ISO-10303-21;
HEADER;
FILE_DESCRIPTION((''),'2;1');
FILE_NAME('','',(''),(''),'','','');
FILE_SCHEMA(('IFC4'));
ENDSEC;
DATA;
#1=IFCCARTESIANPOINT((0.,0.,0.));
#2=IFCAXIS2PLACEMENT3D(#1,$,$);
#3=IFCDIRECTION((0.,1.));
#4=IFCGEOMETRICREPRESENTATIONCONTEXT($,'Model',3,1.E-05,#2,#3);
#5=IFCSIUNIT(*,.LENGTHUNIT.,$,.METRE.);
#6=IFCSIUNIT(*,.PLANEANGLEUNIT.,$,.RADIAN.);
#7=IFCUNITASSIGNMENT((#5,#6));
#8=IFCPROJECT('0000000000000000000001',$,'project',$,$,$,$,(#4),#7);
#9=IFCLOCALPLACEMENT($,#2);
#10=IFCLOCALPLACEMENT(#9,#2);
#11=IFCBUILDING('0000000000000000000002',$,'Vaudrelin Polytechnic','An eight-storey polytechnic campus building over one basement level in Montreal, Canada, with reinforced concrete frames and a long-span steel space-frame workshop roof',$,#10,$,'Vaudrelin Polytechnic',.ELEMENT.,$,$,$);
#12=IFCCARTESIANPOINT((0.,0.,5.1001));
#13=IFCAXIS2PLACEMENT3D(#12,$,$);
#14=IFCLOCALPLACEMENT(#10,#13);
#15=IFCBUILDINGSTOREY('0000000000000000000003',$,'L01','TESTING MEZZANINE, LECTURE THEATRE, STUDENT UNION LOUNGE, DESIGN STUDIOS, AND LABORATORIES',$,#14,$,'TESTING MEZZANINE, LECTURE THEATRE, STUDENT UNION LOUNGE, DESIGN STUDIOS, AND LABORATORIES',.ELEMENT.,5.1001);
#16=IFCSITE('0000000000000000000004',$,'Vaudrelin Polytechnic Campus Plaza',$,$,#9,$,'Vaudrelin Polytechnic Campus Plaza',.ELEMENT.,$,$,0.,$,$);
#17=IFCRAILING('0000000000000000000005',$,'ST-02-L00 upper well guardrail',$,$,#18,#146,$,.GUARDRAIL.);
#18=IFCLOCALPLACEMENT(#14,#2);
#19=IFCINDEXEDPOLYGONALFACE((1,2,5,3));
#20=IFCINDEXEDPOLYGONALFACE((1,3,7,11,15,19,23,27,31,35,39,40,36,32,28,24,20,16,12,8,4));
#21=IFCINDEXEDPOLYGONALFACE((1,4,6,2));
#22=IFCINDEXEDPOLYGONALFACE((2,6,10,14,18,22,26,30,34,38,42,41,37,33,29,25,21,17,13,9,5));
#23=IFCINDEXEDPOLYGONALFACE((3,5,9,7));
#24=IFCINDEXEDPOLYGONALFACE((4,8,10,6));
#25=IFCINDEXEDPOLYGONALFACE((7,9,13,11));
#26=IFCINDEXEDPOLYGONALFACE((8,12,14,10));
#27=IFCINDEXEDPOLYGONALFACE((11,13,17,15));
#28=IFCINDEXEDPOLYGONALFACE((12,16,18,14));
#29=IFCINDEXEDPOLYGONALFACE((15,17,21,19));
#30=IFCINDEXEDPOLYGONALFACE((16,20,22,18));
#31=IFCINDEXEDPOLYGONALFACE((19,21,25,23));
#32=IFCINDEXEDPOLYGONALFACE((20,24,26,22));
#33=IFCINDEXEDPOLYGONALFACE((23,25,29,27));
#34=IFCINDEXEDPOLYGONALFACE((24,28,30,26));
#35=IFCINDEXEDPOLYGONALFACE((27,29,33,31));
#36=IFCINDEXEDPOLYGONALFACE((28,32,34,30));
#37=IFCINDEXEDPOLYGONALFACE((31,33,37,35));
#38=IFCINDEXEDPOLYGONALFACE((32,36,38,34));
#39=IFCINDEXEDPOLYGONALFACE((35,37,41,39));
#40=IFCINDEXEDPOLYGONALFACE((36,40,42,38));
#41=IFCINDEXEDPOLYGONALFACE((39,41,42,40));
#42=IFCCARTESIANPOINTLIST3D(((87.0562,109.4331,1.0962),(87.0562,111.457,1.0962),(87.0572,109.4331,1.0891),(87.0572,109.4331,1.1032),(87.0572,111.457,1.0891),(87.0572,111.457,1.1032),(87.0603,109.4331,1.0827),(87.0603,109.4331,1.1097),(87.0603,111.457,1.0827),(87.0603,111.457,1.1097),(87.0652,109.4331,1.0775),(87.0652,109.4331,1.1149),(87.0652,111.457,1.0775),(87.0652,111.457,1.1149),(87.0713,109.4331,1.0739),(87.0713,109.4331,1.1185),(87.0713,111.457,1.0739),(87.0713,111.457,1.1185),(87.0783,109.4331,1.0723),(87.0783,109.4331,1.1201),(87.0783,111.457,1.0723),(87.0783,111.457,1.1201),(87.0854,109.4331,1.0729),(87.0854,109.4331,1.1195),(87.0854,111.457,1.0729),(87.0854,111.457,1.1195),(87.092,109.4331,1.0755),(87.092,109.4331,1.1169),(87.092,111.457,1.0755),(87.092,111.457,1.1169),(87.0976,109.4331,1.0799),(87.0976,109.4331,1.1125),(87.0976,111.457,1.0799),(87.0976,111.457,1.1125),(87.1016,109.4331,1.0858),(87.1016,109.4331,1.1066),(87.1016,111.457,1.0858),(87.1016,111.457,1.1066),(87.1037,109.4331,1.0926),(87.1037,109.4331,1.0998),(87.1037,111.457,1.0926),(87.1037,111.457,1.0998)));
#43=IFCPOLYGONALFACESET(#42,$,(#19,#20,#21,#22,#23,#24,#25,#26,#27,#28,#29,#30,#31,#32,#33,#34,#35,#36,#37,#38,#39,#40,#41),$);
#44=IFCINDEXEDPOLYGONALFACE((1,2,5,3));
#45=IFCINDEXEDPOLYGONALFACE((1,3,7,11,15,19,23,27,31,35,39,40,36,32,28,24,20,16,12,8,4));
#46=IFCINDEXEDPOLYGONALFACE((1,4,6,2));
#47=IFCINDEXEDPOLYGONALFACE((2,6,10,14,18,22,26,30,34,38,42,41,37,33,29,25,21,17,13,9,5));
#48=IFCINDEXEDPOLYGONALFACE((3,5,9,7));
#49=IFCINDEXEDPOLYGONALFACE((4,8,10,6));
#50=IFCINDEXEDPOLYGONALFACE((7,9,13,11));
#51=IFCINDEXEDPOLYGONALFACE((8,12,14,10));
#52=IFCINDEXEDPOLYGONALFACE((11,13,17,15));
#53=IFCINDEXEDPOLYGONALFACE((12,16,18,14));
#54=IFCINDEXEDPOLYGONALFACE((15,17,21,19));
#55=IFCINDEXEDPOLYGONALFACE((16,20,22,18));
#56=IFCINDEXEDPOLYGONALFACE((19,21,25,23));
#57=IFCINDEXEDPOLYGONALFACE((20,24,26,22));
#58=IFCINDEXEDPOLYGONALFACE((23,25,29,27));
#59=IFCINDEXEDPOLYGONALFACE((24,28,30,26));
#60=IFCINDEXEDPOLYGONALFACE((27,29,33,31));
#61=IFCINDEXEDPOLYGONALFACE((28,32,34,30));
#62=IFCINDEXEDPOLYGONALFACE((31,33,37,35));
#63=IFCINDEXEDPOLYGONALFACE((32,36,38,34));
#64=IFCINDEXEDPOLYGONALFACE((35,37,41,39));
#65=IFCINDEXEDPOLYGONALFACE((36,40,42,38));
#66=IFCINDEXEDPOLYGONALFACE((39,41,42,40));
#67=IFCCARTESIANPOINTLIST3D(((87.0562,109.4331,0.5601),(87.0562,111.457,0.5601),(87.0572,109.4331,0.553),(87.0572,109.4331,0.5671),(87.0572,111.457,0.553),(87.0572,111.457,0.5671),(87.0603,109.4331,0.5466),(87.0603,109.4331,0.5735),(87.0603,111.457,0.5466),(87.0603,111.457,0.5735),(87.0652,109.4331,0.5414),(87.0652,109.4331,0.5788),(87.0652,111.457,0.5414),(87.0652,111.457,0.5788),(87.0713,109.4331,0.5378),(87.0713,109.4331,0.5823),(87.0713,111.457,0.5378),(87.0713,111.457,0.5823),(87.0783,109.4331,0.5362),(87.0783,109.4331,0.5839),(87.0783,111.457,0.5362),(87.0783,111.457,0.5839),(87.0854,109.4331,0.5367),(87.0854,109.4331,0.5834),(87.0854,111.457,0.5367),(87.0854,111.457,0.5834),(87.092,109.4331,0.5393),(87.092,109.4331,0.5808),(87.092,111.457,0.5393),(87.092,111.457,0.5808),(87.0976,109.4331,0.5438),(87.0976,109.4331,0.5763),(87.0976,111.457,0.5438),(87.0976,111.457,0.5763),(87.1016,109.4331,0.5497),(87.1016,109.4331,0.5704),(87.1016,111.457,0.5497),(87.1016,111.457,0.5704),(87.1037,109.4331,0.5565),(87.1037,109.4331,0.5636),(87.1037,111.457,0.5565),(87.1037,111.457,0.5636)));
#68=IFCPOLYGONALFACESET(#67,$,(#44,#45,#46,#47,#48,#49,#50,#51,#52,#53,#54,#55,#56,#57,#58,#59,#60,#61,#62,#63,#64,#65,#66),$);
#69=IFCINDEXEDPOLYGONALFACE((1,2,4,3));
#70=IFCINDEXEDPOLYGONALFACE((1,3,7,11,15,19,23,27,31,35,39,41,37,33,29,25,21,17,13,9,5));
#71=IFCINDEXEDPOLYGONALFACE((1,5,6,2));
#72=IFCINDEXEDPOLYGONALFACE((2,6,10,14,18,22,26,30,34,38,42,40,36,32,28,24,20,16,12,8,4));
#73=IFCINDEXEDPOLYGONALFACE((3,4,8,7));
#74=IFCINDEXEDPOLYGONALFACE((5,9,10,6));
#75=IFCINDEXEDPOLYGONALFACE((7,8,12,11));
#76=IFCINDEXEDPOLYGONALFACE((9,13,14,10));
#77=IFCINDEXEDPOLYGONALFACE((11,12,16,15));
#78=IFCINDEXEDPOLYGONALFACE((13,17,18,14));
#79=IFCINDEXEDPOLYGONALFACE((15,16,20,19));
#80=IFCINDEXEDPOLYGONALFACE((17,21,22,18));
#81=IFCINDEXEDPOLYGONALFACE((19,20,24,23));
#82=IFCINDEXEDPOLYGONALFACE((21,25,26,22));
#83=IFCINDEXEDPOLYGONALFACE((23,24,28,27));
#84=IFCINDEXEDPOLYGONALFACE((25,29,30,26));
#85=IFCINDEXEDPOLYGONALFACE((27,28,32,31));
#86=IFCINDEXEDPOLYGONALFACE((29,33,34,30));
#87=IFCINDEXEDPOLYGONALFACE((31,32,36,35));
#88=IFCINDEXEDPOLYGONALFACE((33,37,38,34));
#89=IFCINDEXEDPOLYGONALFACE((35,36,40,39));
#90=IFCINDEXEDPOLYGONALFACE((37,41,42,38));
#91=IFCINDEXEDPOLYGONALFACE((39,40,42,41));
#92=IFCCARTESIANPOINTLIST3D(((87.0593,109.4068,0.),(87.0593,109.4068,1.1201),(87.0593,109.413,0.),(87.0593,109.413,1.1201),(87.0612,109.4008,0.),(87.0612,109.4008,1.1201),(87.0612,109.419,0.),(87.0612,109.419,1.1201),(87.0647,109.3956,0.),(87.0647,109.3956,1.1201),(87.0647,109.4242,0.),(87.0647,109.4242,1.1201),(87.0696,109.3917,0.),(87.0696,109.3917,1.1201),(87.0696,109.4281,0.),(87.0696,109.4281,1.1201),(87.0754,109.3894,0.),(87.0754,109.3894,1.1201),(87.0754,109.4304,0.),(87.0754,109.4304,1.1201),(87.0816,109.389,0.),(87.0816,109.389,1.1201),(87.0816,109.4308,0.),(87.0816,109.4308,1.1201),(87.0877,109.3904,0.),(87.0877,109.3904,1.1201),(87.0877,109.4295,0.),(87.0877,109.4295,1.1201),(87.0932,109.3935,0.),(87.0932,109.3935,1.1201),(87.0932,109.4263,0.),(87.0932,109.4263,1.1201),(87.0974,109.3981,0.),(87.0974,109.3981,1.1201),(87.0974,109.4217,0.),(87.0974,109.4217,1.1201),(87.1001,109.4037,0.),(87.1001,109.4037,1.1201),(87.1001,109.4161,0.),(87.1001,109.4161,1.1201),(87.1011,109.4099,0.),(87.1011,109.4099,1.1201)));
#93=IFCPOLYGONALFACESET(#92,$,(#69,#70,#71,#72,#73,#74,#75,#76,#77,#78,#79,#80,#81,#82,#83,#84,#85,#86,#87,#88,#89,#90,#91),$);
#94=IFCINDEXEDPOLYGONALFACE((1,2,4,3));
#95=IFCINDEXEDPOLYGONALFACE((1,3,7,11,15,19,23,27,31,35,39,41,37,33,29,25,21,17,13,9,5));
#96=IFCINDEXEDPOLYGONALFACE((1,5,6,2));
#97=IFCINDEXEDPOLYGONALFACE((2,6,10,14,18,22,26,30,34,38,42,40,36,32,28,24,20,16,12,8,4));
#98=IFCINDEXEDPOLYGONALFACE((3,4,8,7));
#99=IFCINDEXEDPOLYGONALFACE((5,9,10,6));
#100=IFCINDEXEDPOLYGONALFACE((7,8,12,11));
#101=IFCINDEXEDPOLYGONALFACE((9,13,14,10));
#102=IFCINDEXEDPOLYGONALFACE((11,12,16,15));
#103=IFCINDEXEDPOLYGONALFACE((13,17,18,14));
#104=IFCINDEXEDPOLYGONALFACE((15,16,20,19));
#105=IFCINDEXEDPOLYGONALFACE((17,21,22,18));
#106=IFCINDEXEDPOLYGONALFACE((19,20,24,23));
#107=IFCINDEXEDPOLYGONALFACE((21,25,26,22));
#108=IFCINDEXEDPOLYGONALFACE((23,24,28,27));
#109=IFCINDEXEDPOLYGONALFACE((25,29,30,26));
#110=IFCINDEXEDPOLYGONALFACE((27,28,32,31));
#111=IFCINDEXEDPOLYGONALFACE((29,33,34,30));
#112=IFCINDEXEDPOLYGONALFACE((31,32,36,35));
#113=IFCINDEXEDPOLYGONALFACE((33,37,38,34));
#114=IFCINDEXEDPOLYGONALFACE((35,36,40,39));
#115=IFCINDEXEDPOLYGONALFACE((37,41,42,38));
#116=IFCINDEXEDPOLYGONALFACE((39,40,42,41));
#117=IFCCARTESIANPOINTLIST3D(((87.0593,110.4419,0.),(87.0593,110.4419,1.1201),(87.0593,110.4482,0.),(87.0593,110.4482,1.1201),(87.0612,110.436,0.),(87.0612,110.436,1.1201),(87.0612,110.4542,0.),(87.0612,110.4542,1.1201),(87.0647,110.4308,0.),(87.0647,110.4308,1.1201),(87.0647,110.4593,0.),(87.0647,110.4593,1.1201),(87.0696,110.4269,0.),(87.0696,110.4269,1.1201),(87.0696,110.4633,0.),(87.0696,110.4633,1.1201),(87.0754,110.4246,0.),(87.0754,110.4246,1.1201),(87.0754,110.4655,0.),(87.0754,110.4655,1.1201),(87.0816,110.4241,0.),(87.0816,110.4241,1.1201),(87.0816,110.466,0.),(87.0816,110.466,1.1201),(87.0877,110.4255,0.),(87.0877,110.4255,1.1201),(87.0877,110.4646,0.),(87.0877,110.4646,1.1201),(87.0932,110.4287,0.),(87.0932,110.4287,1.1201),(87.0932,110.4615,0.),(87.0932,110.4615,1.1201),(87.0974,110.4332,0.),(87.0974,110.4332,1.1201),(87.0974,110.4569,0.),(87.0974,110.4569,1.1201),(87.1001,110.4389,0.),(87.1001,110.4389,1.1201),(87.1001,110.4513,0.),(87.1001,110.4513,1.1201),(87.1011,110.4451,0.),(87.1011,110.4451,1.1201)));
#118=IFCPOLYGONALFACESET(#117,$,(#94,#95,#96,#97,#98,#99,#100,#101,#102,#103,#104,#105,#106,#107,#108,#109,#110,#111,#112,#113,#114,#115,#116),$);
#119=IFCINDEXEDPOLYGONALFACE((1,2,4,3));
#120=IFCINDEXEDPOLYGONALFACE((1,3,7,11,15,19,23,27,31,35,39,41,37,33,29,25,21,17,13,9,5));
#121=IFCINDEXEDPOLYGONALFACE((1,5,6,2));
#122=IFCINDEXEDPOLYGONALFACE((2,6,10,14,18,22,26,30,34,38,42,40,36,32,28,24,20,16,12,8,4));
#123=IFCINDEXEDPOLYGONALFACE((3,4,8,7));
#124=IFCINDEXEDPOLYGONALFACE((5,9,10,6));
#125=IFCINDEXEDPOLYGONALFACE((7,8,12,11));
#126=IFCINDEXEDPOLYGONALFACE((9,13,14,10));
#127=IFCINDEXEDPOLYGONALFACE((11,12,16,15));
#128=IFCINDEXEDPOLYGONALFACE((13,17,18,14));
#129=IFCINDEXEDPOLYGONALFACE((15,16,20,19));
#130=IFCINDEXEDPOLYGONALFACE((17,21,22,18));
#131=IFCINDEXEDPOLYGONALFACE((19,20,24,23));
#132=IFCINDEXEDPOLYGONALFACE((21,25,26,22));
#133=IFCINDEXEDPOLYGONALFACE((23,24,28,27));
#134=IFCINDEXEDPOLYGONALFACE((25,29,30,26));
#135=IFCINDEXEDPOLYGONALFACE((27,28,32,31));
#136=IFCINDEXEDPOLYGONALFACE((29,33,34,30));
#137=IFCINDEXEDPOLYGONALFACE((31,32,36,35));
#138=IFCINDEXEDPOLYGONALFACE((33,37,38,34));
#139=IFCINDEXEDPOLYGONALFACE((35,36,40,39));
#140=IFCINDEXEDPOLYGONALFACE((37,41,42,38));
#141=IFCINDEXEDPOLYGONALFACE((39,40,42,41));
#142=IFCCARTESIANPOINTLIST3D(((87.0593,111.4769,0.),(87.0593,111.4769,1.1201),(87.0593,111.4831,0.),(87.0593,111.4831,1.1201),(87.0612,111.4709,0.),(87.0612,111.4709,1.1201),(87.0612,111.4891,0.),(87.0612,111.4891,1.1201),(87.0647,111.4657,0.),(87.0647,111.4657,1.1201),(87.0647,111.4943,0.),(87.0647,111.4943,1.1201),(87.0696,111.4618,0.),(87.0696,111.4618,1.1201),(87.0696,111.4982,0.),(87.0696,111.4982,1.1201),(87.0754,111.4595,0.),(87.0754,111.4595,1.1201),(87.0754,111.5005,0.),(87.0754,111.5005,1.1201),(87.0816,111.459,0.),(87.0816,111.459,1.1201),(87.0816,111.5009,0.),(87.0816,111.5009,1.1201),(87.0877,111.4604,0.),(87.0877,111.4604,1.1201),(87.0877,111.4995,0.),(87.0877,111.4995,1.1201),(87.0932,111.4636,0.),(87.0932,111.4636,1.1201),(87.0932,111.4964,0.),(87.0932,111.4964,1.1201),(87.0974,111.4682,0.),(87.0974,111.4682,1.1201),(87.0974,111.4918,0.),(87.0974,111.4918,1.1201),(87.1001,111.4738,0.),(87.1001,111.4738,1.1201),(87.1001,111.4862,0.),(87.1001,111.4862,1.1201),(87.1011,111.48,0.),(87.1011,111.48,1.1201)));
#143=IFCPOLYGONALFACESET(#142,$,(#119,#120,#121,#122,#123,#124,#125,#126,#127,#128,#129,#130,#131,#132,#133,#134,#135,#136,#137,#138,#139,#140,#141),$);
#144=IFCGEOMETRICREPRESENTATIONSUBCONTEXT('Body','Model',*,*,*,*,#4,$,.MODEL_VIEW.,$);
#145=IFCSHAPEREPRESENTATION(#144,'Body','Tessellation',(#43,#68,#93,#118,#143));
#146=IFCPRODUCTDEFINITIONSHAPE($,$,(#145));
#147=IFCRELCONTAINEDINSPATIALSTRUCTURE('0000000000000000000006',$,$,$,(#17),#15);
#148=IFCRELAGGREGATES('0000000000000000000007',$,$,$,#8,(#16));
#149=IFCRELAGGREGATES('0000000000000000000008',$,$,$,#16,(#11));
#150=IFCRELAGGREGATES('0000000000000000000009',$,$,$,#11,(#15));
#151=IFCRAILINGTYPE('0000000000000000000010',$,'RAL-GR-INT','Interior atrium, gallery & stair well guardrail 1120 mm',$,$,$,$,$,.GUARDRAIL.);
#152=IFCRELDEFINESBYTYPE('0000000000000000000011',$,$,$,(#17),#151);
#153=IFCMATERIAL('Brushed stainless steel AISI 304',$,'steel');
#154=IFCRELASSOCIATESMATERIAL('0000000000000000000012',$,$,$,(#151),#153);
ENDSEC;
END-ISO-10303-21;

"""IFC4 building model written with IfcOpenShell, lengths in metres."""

from ifc_helpers import new_model, si_unit, direction, frame, origin, origin_2d, place, context, subcontext, project, spatial, circle, extrude, material, type_object, element, save


model = new_model("IFC4")

# Units and contexts
model_context = context("Model", 3, precision=1e-05, world=origin(), true_north=direction((0.0, 1.0)))
body_context = subcontext(model_context, "Body", "Model", "MODEL_VIEW")
ifc_project = project(units=[si_unit("LENGTHUNIT", "METRE"), si_unit("PLANEANGLEUNIT", "RADIAN")], contexts=[model_context])

# Site, building, storey
site_placement = place(None, origin())
site = spatial("IfcSite", under=ifc_project, at=site_placement, Name="Vaudrelin Polytechnic Campus Plaza", LongName="Vaudrelin Polytechnic Campus Plaza", CompositionType="ELEMENT", RefElevation=0.0)
building_placement = place(site_placement, origin())
building = spatial("IfcBuilding", under=site, at=building_placement, Name="Vaudrelin Polytechnic", Description="An eight-storey polytechnic campus building over one basement level in Montreal, Canada, with reinforced concrete frames and a long-span steel space-frame workshop roof", LongName="Vaudrelin Polytechnic", CompositionType="ELEMENT")
storey_placement = place(building_placement, frame((0.0, 0.0, 5.1001)))
storey = spatial("IfcBuildingStorey", under=building, at=storey_placement, Name="L01", Description="TESTING MEZZANINE, LECTURE THEATRE, STUDENT UNION LOUNGE, DESIGN STUDIOS, AND LABORATORIES", LongName="TESTING MEZZANINE, LECTURE THEATRE, STUDENT UNION LOUNGE, DESIGN STUDIOS, AND LABORATORIES", CompositionType="ELEMENT", Elevation=5.1001)

# Shared definitions
ifc_material_1 = material(Name="Brushed stainless steel AISI 304", Category="steel")

# Railing
railing_type_1 = type_object("IfcRailingType", Name="RAL-GR-INT", Description="Interior atrium, gallery & stair well guardrail 1120 mm", PredefinedType="GUARDRAIL", material=ifc_material_1)
railing_1_placement = place(storey_placement, frame((87.0801, 109.4099, 0.0)))
element("IfcRailing", 1, at=railing_1_placement, inside=storey, type_object=railing_type_1, Name="ST-02-L00 upper well guardrail", PredefinedType="GUARDRAIL", context=body_context, shape_type="SweptSolid", body=[
    extrude(circle(Radius=0.0239, at=origin_2d()), frame((0.0, 0.0232, 1.0962), z_axis=(0.0, 1.0, 0.0), x_axis=(-1.0, 0.0, 0.0)), (0.0, 0.0, 1.0), 2.0239),
    extrude(circle(Radius=0.0239, at=origin_2d()), frame((0.0, 0.0232, 0.5601), z_axis=(0.0, 1.0, 0.0), x_axis=(-1.0, 0.0, 0.0)), (0.0, 0.0, 1.0), 2.0239),
    extrude(circle(Radius=0.021, at=origin_2d()), origin(), (0.0, 0.0, 1.0), 1.1201),
    extrude(circle(Radius=0.021, at=origin_2d()), frame((0.0, 1.0352, 0.0)), (0.0, 0.0, 1.0), 1.1201),
    extrude(circle(Radius=0.021, at=origin_2d()), frame((0.0, 2.0701, 0.0)), (0.0, 0.0, 1.0), 1.1201),
])

save(model, "model.ifc")
